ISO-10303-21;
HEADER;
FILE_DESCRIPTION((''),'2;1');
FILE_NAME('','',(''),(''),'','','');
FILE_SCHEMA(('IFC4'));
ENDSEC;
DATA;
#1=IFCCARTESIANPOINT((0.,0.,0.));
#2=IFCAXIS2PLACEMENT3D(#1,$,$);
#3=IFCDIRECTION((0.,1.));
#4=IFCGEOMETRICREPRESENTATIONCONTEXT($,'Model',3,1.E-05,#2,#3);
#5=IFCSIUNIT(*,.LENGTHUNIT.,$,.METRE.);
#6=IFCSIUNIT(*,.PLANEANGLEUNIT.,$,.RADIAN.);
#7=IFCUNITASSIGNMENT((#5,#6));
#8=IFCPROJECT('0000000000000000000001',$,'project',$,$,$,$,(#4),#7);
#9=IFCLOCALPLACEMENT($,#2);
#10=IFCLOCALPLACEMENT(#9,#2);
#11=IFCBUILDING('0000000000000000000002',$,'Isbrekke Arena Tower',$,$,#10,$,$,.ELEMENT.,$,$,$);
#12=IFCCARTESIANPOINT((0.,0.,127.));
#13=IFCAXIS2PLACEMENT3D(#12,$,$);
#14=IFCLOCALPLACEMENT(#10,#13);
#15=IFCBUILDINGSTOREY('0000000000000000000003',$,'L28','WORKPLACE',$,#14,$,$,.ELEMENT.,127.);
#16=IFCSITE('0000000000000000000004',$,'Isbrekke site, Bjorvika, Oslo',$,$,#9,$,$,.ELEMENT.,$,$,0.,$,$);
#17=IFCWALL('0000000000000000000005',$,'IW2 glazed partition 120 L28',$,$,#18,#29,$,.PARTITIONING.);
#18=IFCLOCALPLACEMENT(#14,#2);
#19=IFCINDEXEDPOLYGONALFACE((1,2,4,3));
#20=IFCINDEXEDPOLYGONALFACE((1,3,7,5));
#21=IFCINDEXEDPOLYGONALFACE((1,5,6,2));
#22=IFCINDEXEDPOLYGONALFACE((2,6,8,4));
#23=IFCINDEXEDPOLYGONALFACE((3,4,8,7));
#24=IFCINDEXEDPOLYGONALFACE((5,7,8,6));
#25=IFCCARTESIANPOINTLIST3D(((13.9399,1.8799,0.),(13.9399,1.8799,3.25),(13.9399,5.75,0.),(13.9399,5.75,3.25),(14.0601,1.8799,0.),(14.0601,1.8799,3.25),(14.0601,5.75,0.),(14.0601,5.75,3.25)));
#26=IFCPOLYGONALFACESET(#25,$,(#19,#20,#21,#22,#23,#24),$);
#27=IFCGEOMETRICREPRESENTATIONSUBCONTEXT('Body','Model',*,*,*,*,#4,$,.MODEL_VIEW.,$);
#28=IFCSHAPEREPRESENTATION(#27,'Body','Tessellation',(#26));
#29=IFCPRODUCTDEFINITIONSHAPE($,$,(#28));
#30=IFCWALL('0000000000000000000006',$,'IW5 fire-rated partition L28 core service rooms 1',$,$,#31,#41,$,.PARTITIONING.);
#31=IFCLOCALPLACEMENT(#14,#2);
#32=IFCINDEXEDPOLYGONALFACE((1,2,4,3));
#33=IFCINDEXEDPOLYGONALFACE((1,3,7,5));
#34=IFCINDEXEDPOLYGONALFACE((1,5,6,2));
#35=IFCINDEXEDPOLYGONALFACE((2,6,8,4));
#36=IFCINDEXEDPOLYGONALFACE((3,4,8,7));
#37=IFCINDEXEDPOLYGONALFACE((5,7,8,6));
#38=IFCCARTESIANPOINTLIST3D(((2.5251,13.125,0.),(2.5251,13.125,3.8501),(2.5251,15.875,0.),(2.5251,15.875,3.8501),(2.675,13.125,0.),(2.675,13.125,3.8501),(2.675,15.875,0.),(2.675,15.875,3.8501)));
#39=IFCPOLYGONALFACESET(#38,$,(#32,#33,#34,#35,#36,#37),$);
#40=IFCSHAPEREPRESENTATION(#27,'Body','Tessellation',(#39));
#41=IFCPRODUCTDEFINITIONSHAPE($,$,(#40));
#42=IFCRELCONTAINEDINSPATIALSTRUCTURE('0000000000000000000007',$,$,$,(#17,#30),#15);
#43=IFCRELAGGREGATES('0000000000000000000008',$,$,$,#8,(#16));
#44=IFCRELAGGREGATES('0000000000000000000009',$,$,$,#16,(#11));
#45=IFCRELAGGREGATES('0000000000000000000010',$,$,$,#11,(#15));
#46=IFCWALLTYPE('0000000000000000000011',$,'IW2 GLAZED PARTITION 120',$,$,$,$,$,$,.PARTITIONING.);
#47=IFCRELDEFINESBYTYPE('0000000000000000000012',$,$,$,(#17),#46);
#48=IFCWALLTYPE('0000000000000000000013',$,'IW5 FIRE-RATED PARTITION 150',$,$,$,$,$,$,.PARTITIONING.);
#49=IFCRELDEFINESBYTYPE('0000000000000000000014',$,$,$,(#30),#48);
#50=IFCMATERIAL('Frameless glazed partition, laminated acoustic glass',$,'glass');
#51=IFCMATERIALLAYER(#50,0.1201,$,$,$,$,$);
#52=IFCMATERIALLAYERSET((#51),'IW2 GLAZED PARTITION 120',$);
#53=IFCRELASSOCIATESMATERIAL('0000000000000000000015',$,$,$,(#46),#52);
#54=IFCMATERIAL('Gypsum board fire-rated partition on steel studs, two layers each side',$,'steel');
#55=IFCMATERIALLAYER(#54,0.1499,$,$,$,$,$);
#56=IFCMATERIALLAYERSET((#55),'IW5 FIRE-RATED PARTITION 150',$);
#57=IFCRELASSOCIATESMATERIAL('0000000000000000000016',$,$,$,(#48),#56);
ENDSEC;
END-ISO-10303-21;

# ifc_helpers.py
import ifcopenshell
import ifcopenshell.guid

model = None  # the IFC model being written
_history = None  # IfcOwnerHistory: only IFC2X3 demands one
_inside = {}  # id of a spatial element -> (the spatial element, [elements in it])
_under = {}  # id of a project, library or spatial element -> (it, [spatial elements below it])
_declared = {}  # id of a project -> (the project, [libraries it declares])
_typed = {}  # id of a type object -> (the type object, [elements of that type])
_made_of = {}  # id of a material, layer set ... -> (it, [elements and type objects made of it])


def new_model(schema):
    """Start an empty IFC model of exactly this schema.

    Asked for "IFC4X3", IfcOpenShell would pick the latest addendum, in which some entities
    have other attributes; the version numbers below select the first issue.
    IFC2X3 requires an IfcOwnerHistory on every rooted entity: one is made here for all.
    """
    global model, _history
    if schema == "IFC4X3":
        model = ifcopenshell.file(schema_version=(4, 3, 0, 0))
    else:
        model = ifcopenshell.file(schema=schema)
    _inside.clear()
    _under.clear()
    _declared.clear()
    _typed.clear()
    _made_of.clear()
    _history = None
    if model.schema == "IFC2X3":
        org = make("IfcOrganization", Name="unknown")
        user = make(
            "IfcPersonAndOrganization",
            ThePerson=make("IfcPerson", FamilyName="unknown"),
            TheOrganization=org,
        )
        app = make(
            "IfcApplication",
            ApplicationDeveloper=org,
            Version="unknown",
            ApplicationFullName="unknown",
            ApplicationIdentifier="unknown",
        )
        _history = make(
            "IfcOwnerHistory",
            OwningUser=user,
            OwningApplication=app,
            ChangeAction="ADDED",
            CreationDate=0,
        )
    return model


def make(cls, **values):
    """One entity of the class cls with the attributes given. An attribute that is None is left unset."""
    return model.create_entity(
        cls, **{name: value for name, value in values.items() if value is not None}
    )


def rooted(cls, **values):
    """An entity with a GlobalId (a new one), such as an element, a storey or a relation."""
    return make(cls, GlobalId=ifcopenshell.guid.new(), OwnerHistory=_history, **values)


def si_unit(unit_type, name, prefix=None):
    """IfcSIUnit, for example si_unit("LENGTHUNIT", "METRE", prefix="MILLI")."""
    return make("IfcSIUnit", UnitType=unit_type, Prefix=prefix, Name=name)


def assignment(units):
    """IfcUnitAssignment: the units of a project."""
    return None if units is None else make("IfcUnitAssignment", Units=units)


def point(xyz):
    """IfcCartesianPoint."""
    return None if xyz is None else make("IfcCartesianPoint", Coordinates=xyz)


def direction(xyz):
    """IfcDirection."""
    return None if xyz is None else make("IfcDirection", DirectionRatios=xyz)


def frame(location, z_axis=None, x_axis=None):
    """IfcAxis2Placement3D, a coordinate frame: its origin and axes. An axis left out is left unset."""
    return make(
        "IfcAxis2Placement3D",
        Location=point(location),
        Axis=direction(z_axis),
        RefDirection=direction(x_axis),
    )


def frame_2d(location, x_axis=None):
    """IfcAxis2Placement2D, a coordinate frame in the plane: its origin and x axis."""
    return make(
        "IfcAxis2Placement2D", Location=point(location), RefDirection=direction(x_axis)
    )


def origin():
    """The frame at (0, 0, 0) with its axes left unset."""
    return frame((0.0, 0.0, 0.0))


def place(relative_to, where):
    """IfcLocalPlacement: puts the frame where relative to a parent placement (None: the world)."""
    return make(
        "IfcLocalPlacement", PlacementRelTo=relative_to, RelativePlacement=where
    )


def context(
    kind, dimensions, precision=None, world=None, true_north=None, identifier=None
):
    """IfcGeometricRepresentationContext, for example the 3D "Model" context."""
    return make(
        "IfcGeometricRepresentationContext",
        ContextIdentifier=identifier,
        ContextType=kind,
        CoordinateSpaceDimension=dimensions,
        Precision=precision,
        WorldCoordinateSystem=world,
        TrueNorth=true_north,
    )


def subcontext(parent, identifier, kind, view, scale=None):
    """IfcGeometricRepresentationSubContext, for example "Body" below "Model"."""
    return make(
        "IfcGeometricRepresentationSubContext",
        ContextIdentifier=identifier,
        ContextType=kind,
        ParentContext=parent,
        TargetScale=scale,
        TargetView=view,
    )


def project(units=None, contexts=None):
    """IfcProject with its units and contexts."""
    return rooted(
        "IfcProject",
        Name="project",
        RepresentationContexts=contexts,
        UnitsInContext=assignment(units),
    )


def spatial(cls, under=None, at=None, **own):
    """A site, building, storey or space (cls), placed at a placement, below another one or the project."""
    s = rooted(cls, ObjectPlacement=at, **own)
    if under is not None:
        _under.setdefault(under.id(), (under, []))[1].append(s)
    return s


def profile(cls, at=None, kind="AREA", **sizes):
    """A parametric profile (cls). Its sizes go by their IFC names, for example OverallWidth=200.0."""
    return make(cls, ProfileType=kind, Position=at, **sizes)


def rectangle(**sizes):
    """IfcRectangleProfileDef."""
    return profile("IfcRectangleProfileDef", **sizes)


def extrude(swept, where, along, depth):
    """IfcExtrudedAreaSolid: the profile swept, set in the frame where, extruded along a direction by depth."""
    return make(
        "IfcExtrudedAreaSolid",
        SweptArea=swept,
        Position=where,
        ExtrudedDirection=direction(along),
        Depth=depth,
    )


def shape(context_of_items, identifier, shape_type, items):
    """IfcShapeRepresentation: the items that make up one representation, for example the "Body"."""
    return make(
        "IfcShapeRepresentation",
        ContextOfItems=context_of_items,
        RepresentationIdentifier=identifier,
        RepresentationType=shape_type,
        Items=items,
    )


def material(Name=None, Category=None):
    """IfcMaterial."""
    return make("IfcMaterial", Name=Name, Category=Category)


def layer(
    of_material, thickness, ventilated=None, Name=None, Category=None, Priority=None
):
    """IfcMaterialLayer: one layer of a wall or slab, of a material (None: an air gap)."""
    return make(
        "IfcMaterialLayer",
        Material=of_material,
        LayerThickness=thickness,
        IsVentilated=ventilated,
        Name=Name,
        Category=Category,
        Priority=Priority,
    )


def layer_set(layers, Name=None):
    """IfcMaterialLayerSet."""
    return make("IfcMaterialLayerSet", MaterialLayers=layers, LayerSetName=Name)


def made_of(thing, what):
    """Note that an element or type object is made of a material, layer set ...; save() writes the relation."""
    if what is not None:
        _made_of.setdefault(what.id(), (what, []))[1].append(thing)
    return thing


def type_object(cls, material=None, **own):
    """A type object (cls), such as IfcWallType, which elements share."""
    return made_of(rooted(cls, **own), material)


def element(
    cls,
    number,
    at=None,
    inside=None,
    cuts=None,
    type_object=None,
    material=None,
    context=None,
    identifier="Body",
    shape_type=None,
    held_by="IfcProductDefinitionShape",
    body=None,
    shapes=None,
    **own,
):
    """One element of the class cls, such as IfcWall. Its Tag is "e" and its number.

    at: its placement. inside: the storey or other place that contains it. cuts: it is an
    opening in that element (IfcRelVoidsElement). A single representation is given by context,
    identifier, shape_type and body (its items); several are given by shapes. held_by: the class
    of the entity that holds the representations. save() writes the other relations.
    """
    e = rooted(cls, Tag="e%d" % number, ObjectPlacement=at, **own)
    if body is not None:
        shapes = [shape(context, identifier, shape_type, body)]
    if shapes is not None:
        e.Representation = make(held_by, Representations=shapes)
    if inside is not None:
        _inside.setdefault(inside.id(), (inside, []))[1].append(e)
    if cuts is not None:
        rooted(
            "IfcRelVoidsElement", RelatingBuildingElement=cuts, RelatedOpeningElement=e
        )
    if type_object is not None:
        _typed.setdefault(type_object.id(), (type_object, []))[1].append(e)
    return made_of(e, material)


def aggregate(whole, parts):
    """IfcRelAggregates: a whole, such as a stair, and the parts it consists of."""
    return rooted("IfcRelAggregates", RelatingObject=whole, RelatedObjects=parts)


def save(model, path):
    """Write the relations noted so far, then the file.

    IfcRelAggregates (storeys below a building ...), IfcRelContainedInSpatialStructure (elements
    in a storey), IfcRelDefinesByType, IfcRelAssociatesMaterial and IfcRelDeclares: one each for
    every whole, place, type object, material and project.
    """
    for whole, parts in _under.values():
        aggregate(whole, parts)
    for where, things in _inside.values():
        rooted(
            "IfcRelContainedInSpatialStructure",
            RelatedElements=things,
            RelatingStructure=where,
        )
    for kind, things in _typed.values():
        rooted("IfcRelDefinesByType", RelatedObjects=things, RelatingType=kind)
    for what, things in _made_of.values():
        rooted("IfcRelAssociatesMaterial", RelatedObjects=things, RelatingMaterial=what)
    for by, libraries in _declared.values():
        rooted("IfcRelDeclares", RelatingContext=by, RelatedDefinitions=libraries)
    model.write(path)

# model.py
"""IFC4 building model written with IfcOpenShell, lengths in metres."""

from ifc_helpers import new_model, si_unit, direction, frame, frame_2d, origin, place, context, subcontext, project, spatial, rectangle, extrude, material, layer, layer_set, type_object, element, save


model = new_model("IFC4")

# Units and contexts
model_context = context("Model", 3, precision=1e-05, world=origin(), true_north=direction((0.0, 1.0)))
body_context = subcontext(model_context, "Body", "Model", "MODEL_VIEW")
ifc_project = project(units=[si_unit("LENGTHUNIT", "METRE"), si_unit("PLANEANGLEUNIT", "RADIAN")], contexts=[model_context])

# Site, building, storey
site_placement = place(None, origin())
site = spatial("IfcSite", under=ifc_project, at=site_placement, Name="Isbrekke site, Bjorvika, Oslo", CompositionType="ELEMENT", RefElevation=0.0)
building_placement = place(site_placement, origin())
building = spatial("IfcBuilding", under=site, at=building_placement, Name="Isbrekke Arena Tower", CompositionType="ELEMENT")
storey_placement = place(building_placement, frame((0.0, 0.0, 127.0)))
storey = spatial("IfcBuildingStorey", under=building, at=storey_placement, Name="L28", Description="WORKPLACE", CompositionType="ELEMENT", Elevation=127.0)

# Walls
ifc_material_1 = material(Name="Frameless glazed partition, laminated acoustic glass", Category="glass")
ifc_layer_1 = layer(ifc_material_1, 0.1201)
ifc_layer_set_1 = layer_set([ifc_layer_1], Name="IW2 GLAZED PARTITION 120")
wall_type_1 = type_object("IfcWallType", Name="IW2 GLAZED PARTITION 120", PredefinedType="PARTITIONING", material=ifc_layer_set_1)
wall_1_placement = place(storey_placement, frame((14.0, 1.8799, 0.0), z_axis=(0.0, 0.0, 1.0), x_axis=(0.0, 1.0, 0.0)))
element("IfcWall", 1, at=wall_1_placement, inside=storey, type_object=wall_type_1, Name="IW2 glazed partition 120 L28", PredefinedType="PARTITIONING", context=body_context, shape_type="SweptSolid", body=[
    extrude(rectangle(XDim=3.8701, YDim=0.1201, at=frame_2d((1.9351, 0.0))), origin(), (0.0, 0.0, 1.0), 3.25),
])
ifc_material_2 = material(Name="Gypsum board fire-rated partition on steel studs, two layers each side", Category="steel")
ifc_layer_2 = layer(ifc_material_2, 0.1499)
ifc_layer_set_2 = layer_set([ifc_layer_2], Name="IW5 FIRE-RATED PARTITION 150")
wall_type_2 = type_object("IfcWallType", Name="IW5 FIRE-RATED PARTITION 150", PredefinedType="PARTITIONING", material=ifc_layer_set_2)
wall_2_placement = place(storey_placement, frame((2.6001, 13.125, 0.0), z_axis=(0.0, 0.0, 1.0), x_axis=(0.0, 1.0, 0.0)))
element("IfcWall", 2, at=wall_2_placement, inside=storey, type_object=wall_type_2, Name="IW5 fire-rated partition L28 core service rooms 1", PredefinedType="PARTITIONING", context=body_context, shape_type="SweptSolid", body=[
    extrude(rectangle(XDim=2.75, YDim=0.1499, at=frame_2d((1.375, 0.0))), origin(), (0.0, 0.0, 1.0), 3.8501),
])

save(model, "model.ifc")
